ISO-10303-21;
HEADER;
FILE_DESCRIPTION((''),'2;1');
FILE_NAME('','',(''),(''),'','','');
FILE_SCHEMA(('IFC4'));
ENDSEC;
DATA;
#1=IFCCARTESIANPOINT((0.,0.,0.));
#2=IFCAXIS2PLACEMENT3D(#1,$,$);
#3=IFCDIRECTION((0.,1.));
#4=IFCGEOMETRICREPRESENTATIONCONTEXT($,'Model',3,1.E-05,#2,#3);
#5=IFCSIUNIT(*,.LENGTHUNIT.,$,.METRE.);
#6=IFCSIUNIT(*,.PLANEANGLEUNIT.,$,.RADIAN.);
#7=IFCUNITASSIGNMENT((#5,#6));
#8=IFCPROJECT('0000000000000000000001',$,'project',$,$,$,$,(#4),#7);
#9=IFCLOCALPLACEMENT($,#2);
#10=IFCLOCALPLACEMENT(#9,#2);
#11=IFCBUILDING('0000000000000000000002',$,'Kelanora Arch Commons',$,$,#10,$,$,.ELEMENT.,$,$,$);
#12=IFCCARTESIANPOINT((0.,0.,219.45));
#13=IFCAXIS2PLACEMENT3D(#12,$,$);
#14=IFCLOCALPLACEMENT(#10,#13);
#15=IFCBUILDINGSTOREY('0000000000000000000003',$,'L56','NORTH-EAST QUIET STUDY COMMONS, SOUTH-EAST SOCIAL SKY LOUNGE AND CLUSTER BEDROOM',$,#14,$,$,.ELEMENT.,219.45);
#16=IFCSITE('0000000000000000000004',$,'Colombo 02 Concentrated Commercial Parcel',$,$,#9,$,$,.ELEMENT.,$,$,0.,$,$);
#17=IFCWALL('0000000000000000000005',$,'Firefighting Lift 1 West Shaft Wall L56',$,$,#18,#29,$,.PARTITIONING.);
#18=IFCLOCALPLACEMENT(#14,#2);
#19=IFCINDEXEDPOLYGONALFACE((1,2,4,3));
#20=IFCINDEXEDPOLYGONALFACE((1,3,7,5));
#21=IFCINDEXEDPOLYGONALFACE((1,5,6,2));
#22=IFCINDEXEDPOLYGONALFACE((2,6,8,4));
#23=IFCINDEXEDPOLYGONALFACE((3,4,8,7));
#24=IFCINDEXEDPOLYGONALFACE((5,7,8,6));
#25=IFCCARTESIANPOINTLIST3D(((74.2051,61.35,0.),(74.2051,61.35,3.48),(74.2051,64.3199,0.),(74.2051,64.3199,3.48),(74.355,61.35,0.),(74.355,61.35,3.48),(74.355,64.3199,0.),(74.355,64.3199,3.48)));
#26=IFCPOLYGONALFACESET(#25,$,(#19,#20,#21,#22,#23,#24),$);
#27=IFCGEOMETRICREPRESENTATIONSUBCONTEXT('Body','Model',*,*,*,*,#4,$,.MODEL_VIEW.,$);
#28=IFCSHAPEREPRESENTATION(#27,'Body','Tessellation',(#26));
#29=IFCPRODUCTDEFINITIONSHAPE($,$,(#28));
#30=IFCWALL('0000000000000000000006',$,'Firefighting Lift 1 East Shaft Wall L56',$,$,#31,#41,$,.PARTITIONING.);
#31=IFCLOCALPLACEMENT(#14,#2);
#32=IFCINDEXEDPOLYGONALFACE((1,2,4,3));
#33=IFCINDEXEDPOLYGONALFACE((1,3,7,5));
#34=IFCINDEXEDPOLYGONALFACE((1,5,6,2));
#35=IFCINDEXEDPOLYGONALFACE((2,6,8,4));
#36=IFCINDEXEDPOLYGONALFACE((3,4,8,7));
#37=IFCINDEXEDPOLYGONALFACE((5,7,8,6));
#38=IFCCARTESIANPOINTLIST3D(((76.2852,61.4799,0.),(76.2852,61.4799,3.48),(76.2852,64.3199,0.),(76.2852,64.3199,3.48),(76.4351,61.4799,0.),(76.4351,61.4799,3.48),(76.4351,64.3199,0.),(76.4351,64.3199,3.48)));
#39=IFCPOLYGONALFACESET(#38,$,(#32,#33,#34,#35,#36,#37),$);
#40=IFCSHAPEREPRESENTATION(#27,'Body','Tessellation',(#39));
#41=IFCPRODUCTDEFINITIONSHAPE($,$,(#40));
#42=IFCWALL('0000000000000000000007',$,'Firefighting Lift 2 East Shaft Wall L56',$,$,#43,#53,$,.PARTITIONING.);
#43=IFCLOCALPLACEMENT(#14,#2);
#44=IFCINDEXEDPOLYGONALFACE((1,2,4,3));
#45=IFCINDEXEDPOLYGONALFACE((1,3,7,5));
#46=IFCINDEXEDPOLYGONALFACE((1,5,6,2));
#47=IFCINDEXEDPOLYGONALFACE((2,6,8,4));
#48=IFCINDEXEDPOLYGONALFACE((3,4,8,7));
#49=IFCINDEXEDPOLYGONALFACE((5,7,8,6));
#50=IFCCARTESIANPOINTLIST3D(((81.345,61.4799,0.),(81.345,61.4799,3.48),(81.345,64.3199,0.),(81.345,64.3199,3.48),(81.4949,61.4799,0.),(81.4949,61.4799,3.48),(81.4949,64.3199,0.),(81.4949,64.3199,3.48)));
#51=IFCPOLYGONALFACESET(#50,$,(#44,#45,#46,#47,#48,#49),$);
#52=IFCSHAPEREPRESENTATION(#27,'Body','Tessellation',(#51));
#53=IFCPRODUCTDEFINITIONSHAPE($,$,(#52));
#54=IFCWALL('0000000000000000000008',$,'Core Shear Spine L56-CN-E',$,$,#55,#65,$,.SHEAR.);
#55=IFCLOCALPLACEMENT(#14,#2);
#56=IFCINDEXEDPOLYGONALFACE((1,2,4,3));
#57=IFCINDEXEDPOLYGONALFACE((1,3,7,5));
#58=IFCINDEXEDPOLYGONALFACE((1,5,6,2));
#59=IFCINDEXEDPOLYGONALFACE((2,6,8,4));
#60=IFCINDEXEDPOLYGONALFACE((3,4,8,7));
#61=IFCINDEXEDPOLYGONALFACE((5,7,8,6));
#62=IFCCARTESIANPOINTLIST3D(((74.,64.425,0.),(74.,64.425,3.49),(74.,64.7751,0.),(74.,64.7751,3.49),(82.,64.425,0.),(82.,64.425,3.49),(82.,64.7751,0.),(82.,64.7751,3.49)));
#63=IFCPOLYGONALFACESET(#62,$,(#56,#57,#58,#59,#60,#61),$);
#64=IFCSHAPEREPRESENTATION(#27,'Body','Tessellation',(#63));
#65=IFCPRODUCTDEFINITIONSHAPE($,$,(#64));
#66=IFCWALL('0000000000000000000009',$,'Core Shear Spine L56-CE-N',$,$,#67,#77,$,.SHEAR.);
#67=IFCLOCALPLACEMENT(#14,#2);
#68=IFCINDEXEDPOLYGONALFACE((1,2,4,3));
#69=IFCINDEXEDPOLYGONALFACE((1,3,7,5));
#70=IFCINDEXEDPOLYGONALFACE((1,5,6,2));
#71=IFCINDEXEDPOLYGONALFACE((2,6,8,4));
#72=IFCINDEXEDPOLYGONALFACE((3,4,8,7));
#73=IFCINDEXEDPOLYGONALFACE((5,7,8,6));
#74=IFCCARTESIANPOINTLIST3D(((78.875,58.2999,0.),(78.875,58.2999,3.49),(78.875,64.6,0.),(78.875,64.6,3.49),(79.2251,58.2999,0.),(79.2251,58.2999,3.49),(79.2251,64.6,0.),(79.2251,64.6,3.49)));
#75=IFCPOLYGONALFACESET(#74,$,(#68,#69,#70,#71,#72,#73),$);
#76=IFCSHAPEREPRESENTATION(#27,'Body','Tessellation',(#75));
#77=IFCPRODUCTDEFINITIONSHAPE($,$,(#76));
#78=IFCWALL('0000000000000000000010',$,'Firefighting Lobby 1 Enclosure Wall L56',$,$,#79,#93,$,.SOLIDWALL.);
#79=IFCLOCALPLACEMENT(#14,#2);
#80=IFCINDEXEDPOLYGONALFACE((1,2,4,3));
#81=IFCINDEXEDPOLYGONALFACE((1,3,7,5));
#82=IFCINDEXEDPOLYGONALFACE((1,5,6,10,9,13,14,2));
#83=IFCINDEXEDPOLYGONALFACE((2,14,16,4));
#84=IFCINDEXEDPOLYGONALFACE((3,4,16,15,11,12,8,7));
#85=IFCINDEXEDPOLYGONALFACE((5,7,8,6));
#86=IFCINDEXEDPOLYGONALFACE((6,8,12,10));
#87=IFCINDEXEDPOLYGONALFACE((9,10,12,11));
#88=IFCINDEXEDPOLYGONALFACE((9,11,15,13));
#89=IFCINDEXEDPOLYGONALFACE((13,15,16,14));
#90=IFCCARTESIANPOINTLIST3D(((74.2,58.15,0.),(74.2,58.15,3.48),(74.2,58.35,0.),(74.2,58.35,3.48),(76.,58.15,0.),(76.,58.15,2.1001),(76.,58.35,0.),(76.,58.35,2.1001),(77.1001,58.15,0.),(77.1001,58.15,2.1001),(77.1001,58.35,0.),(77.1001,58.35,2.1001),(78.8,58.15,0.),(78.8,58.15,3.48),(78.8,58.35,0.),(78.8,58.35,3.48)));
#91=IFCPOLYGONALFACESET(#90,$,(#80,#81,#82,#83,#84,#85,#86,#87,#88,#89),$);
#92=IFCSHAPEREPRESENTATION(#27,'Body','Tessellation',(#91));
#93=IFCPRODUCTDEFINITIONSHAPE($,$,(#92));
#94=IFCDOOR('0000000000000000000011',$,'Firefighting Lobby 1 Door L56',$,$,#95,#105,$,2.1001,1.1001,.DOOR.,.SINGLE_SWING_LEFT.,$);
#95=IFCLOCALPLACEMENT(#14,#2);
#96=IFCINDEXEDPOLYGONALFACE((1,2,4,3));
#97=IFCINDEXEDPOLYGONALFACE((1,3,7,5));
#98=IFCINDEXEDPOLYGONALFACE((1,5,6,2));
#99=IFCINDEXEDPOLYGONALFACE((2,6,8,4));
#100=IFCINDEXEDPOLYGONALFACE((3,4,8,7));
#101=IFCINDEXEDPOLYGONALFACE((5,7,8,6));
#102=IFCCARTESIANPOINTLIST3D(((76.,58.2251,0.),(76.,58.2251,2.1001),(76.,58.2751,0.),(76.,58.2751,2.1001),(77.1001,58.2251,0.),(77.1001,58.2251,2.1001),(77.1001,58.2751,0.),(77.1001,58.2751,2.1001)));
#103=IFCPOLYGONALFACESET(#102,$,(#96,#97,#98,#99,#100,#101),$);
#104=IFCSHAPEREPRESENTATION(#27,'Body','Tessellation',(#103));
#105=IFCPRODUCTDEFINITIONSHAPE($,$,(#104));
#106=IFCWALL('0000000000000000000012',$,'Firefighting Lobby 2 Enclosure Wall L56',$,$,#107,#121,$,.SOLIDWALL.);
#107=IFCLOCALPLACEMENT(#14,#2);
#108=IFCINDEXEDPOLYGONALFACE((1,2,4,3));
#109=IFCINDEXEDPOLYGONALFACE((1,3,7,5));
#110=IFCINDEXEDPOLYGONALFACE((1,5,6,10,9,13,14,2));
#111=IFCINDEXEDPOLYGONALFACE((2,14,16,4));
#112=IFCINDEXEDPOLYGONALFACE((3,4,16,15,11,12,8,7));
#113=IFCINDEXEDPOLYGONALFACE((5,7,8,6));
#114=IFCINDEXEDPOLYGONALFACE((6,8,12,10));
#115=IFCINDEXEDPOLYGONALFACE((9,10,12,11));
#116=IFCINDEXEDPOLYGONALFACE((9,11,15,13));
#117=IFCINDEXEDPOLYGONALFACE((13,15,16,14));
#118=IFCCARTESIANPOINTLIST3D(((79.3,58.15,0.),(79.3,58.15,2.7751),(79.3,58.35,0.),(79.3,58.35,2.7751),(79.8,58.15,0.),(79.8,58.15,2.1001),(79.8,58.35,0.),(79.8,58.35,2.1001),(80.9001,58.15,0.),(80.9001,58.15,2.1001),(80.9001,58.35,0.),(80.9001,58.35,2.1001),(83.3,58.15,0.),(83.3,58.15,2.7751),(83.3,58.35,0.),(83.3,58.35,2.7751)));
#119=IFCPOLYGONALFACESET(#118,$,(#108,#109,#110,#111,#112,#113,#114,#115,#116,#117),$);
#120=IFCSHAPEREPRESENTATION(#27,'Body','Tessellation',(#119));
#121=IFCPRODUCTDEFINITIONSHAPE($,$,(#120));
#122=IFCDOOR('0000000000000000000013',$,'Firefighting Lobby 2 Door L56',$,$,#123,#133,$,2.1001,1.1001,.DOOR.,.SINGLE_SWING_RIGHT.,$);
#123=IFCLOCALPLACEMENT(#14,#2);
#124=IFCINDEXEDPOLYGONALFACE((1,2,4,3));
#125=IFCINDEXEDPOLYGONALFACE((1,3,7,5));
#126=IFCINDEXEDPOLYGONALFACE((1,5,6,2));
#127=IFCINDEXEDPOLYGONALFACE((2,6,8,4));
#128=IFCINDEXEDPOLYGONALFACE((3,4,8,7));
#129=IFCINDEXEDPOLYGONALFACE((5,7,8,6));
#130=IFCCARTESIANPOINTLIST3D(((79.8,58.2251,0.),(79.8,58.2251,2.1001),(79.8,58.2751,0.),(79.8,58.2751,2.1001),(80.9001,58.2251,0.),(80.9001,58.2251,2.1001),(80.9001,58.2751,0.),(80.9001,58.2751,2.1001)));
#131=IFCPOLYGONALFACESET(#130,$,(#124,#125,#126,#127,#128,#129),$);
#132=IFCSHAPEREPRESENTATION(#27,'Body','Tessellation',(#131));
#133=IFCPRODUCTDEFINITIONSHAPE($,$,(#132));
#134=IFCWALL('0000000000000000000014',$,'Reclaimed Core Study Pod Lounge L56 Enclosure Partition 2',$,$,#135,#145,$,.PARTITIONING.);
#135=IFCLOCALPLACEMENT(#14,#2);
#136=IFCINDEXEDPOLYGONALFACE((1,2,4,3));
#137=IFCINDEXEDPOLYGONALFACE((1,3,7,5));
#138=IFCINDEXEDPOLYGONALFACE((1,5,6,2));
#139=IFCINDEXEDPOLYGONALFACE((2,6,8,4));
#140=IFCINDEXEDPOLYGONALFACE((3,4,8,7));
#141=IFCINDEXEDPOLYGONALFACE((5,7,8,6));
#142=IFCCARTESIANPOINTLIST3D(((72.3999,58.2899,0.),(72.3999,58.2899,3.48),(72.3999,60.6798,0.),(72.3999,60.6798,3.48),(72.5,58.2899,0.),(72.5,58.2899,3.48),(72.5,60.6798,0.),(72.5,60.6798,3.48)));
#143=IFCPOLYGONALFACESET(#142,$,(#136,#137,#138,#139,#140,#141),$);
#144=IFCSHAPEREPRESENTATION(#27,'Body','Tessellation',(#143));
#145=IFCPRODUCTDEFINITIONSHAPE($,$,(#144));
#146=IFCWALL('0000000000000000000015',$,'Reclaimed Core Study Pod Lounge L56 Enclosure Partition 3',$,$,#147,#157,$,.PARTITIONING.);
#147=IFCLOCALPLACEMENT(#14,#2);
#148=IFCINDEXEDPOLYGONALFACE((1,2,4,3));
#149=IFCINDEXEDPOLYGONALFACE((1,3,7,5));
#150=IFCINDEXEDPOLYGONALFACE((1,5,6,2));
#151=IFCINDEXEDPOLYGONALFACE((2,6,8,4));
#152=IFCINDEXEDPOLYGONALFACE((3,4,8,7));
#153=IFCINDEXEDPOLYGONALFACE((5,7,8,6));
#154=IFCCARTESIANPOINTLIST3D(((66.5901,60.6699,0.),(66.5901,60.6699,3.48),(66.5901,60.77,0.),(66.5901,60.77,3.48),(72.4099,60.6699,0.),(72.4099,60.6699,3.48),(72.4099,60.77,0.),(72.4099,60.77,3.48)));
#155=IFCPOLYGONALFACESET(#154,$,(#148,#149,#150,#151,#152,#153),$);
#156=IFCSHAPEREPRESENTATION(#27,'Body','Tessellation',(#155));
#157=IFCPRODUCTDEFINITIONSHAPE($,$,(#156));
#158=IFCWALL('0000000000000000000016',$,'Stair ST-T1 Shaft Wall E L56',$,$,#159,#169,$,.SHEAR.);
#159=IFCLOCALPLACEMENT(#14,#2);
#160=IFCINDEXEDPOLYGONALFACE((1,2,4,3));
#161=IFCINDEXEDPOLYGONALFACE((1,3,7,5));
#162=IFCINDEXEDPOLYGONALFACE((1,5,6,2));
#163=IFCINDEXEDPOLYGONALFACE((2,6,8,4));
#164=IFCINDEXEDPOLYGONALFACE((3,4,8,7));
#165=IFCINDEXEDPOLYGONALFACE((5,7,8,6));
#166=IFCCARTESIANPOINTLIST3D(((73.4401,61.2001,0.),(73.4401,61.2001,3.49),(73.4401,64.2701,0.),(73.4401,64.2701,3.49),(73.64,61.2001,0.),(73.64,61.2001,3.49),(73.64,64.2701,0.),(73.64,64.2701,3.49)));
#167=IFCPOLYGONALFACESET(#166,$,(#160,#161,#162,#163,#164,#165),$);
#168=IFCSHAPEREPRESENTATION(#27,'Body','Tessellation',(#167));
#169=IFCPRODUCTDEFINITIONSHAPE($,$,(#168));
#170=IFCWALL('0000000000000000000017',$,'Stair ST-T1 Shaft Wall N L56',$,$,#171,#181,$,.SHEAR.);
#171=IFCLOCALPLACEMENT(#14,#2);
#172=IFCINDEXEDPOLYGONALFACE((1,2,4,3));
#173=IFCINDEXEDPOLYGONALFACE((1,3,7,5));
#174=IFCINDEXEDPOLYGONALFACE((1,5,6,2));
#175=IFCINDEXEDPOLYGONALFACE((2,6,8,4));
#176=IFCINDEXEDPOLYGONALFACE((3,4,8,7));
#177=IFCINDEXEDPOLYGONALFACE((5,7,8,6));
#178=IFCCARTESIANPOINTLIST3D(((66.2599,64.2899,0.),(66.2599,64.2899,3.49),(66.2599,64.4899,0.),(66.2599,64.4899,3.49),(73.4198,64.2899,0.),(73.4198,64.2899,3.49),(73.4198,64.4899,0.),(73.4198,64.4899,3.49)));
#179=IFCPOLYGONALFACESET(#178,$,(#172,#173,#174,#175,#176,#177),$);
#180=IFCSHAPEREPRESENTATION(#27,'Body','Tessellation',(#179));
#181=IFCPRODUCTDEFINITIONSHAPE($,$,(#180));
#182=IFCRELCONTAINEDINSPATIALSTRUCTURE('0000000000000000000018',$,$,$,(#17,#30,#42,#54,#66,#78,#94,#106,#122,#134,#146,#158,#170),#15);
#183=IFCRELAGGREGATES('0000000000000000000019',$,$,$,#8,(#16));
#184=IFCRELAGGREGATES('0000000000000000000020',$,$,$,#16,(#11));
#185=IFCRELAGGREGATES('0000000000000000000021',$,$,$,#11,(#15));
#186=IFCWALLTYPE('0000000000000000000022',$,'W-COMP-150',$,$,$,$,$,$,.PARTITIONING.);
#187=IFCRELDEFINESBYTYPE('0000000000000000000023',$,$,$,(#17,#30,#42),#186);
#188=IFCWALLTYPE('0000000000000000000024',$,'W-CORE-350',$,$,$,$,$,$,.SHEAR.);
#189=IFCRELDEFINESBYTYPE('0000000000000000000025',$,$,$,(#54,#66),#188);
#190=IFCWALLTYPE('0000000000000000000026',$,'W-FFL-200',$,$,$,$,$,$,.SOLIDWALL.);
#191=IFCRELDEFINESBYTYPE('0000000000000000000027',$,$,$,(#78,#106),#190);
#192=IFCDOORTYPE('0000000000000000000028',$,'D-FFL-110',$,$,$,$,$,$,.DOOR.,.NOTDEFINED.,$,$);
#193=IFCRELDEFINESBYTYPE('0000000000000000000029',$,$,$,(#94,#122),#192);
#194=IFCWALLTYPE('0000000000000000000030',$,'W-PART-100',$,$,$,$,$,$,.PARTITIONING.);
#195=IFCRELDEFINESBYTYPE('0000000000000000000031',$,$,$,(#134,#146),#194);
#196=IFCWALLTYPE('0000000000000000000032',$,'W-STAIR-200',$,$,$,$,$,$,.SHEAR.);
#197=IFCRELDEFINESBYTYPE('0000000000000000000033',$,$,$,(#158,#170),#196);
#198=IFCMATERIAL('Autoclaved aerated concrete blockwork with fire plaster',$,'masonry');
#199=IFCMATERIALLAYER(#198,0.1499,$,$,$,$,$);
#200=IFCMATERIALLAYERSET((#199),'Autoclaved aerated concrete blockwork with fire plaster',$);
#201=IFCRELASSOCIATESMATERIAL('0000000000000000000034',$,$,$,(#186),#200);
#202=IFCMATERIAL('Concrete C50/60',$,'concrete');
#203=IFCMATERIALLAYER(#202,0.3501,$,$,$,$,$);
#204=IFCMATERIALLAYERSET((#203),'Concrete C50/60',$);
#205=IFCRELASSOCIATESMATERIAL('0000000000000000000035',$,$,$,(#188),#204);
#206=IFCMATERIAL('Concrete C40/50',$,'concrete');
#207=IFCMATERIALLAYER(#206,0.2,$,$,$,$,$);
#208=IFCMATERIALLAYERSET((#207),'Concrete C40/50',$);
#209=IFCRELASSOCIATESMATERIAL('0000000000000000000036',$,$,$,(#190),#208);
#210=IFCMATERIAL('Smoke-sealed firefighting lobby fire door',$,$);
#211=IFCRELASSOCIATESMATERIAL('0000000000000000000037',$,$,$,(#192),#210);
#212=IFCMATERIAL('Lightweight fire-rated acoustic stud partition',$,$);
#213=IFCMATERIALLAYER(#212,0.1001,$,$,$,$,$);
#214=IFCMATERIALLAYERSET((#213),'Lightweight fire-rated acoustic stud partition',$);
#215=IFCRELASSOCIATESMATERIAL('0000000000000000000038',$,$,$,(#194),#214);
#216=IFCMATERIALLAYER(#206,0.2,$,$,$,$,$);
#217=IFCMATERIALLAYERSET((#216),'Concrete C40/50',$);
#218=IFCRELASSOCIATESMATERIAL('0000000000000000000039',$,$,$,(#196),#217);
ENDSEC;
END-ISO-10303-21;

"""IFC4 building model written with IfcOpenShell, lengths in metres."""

from ifc_helpers import new_model, si_unit, direction, frame, frame_2d, origin, place, context, subcontext, project, spatial, rectangle, extrude, material, layer, layer_set, type_object, element, fill, save


model = new_model("IFC4")

# Units and contexts
model_context = context("Model", 3, precision=1e-05, world=origin(), true_north=direction((0.0, 1.0)))
body_context = subcontext(model_context, "Body", "Model", "MODEL_VIEW")
ifc_project = project(units=[si_unit("LENGTHUNIT", "METRE"), si_unit("PLANEANGLEUNIT", "RADIAN")], contexts=[model_context])

# Site, building, storey
site_placement = place(None, origin())
site = spatial("IfcSite", under=ifc_project, at=site_placement, Name="Colombo 02 Concentrated Commercial Parcel", CompositionType="ELEMENT", RefElevation=0.0)
building_placement = place(site_placement, origin())
building = spatial("IfcBuilding", under=site, at=building_placement, Name="Kelanora Arch Commons", CompositionType="ELEMENT")
storey_placement = place(building_placement, frame((0.0, 0.0, 219.45)))
storey = spatial("IfcBuildingStorey", under=building, at=storey_placement, Name="L56", Description="NORTH-EAST QUIET STUDY COMMONS, SOUTH-EAST SOCIAL SKY LOUNGE AND CLUSTER BEDROOM", CompositionType="ELEMENT", Elevation=219.45)

# Shared definitions
ifc_material_1 = material(Name="Concrete C50/60", Category="concrete")

# Walls
ifc_material_2 = material(Name="Autoclaved aerated concrete blockwork with fire plaster", Category="masonry")
ifc_layer_1 = layer(ifc_material_2, 0.1499)
ifc_layer_set_1 = layer_set([ifc_layer_1], Name="Autoclaved aerated concrete blockwork with fire plaster")
wall_type_1 = type_object("IfcWallType", Name="W-COMP-150", PredefinedType="PARTITIONING", material=ifc_layer_set_1)
wall_1_placement = place(storey_placement, frame((74.28, 61.3501, 0.0), z_axis=(0.0, 0.0, 1.0), x_axis=(0.0, 1.0, 0.0)))
element("IfcWall", 1, at=wall_1_placement, inside=storey, type_object=wall_type_1, Name="Firefighting Lift 1 West Shaft Wall L56", PredefinedType="PARTITIONING", context=body_context, shape_type="SweptSolid", body=[
    extrude(rectangle(XDim=2.97, YDim=0.1499, at=frame_2d((1.4849, 0.0))), origin(), (0.0, 0.0, 1.0), 3.48),
])
for number, where, z_axis, x_axis, name in (
    (2, (76.3601, 61.48, 0.0), (0.0, 0.0, 1.0), (0.0, 1.0, 0.0), "Firefighting Lift 1 East Shaft Wall L56"),
    (3, (81.4199, 61.48, 0.0), (0.0, 0.0, 1.0), (0.0, 1.0, 0.0), "Firefighting Lift 2 East Shaft Wall L56"),
):
    element("IfcWall", number, at=place(storey_placement, frame(where, z_axis=z_axis, x_axis=x_axis)), inside=storey, type_object=wall_type_1, Name=name, PredefinedType="PARTITIONING", context=body_context, shape_type="SweptSolid", body=[
        extrude(rectangle(XDim=2.8401, YDim=0.1499, at=frame_2d((1.4199, 0.0))), origin(), (0.0, 0.0, 1.0), 3.48),
    ])
ifc_layer_2 = layer(ifc_material_1, 0.3501)
ifc_layer_set_2 = layer_set([ifc_layer_2], Name="Concrete C50/60")
wall_type_2 = type_object("IfcWallType", Name="W-CORE-350", PredefinedType="SHEAR", material=ifc_layer_set_2)
wall_2_placement = place(storey_placement, frame((74.0, 64.6001, 0.0), z_axis=(0.0, 0.0, 1.0), x_axis=(1.0, 0.0, 0.0)))
element("IfcWall", 4, at=wall_2_placement, inside=storey, type_object=wall_type_2, Name="Core Shear Spine L56-CN-E", PredefinedType="SHEAR", context=body_context, shape_type="SweptSolid", body=[
    extrude(rectangle(XDim=8.0, YDim=0.3501, at=frame_2d((4.0, 0.0))), origin(), (0.0, 0.0, 1.0), 3.49),
])
wall_3_placement = place(storey_placement, frame((79.05, 58.3, 0.0), z_axis=(0.0, 0.0, 1.0), x_axis=(0.0, 1.0, 0.0)))
element("IfcWall", 5, at=wall_3_placement, inside=storey, type_object=wall_type_2, Name="Core Shear Spine L56-CE-N", PredefinedType="SHEAR", context=body_context, shape_type="SweptSolid", body=[
    extrude(rectangle(XDim=6.3, YDim=0.3501, at=frame_2d((3.1499, 0.0))), origin(), (0.0, 0.0, 1.0), 3.49),
])

# Walls, openings, doors
ifc_material_3 = material(Name="Concrete C40/50", Category="concrete")
ifc_layer_3 = layer(ifc_material_3, 0.2)
ifc_layer_set_3 = layer_set([ifc_layer_3], Name="Concrete C40/50")
wall_type_3 = type_object("IfcWallType", Name="W-FFL-200", PredefinedType="SOLIDWALL", material=ifc_layer_set_3)
wall_4_placement = place(storey_placement, frame((74.2, 58.25, 0.0), z_axis=(0.0, 0.0, 1.0), x_axis=(1.0, 0.0, 0.0)))
wall_4 = element("IfcWall", 6, at=wall_4_placement, inside=storey, type_object=wall_type_3, Name="Firefighting Lobby 1 Enclosure Wall L56", PredefinedType="SOLIDWALL", context=body_context, shape_type="SweptSolid", body=[
    extrude(rectangle(XDim=4.6001, YDim=0.2, at=frame_2d((2.3, 0.0))), origin(), (0.0, 0.0, 1.0), 3.48),
])
opening_1_placement = place(wall_4_placement, frame((1.8, 0.0, 0.0)))
opening_1 = element("IfcOpeningElement", 7, at=opening_1_placement, cuts=wall_4, PredefinedType="OPENING", context=body_context, shape_type="SweptSolid", body=[
    extrude(rectangle(XDim=1.1001, YDim=2.1001, at=frame_2d((0.55, 1.05))), frame((0.0, 0.1099, 0.0), z_axis=(0.0, -1.0, 0.0), x_axis=(1.0, 0.0, 0.0)), (0.0, 0.0, 1.0), 0.22),
])
ifc_material_4 = material(Name="Smoke-sealed firefighting lobby fire door")
door_type_1 = type_object("IfcDoorType", Name="D-FFL-110", OperationType="NOTDEFINED", PredefinedType="DOOR", material=ifc_material_4)
door_1_placement = place(opening_1_placement, frame((1.1001, 0.0, 0.0), z_axis=(0.0, 0.0, 1.0), x_axis=(-1.0, 0.0, 0.0)))
door_1 = element("IfcDoor", 8, at=door_1_placement, inside=storey, type_object=door_type_1, Name="Firefighting Lobby 1 Door L56", OperationType="SINGLE_SWING_LEFT", OverallHeight=2.1001, OverallWidth=1.1001, PredefinedType="DOOR", context=body_context, shape_type="SweptSolid", body=[
    extrude(rectangle(XDim=1.1001, YDim=2.1001, at=frame_2d((0.55, 1.05))), frame((0.0, 0.0249, 0.0), z_axis=(0.0, -1.0, 0.0), x_axis=(1.0, 0.0, 0.0)), (0.0, 0.0, 1.0), 0.05),
])
fill(opening_1, door_1)
wall_5_placement = place(storey_placement, frame((79.3, 58.25, 0.0), z_axis=(0.0, 0.0, 1.0), x_axis=(1.0, 0.0, 0.0)))
wall_5 = element("IfcWall", 9, at=wall_5_placement, inside=storey, type_object=wall_type_3, Name="Firefighting Lobby 2 Enclosure Wall L56", PredefinedType="SOLIDWALL", context=body_context, shape_type="SweptSolid", body=[
    extrude(rectangle(XDim=4.0, YDim=0.2, at=frame_2d((2.0, 0.0))), origin(), (0.0, 0.0, 1.0), 2.7751),
])
opening_2_placement = place(wall_5_placement, frame((0.5, 0.0, 0.0)))
opening_2 = element("IfcOpeningElement", 10, at=opening_2_placement, cuts=wall_5, PredefinedType="OPENING", context=body_context, shape_type="SweptSolid", body=[
    extrude(rectangle(XDim=1.1001, YDim=2.1001, at=frame_2d((0.55, 1.05))), frame((0.0, 0.1099, 0.0), z_axis=(0.0, -1.0, 0.0), x_axis=(1.0, 0.0, 0.0)), (0.0, 0.0, 1.0), 0.22),
])
door_2_placement = place(opening_2_placement, frame((1.1001, 0.0, 0.0), z_axis=(0.0, 0.0, 1.0), x_axis=(-1.0, 0.0, 0.0)))
door_2 = element("IfcDoor", 11, at=door_2_placement, inside=storey, type_object=door_type_1, Name="Firefighting Lobby 2 Door L56", OperationType="SINGLE_SWING_RIGHT", OverallHeight=2.1001, OverallWidth=1.1001, PredefinedType="DOOR", context=body_context, shape_type="SweptSolid", body=[
    extrude(rectangle(XDim=1.1001, YDim=2.1001, at=frame_2d((0.55, 1.05))), frame((0.0, 0.0249, 0.0), z_axis=(0.0, -1.0, 0.0), x_axis=(1.0, 0.0, 0.0)), (0.0, 0.0, 1.0), 0.05),
])
fill(opening_2, door_2)

# Walls
ifc_material_5 = material(Name="Lightweight fire-rated acoustic stud partition")
ifc_layer_4 = layer(ifc_material_5, 0.1001)
ifc_layer_set_4 = layer_set([ifc_layer_4], Name="Lightweight fire-rated acoustic stud partition")
wall_type_4 = type_object("IfcWallType", Name="W-PART-100", PredefinedType="PARTITIONING", material=ifc_layer_set_4)
wall_6_placement = place(storey_placement, frame((72.45, 58.29, 0.0), z_axis=(0.0, 0.0, 1.0), x_axis=(0.0, 1.0, 0.0)))
element("IfcWall", 12, at=wall_6_placement, inside=storey, type_object=wall_type_4, Name="Reclaimed Core Study Pod Lounge L56 Enclosure Partition 2", PredefinedType="PARTITIONING", context=body_context, shape_type="SweptSolid", body=[
    extrude(rectangle(XDim=2.3899, YDim=0.1001, at=frame_2d((1.1948, 0.0))), origin(), (0.0, 0.0, 1.0), 3.48),
])
wall_7_placement = place(storey_placement, frame((72.4099, 60.72, 0.0), z_axis=(0.0, 0.0, 1.0), x_axis=(-1.0, 0.0, 0.0)))
element("IfcWall", 13, at=wall_7_placement, inside=storey, type_object=wall_type_4, Name="Reclaimed Core Study Pod Lounge L56 Enclosure Partition 3", PredefinedType="PARTITIONING", context=body_context, shape_type="SweptSolid", body=[
    extrude(rectangle(XDim=5.8198, YDim=0.1001, at=frame_2d((2.9099, 0.0))), origin(), (0.0, 0.0, 1.0), 3.48),
])
ifc_layer_5 = layer(ifc_material_3, 0.2)
ifc_layer_set_5 = layer_set([ifc_layer_5], Name="Concrete C40/50")
wall_type_5 = type_object("IfcWallType", Name="W-STAIR-200", PredefinedType="SHEAR", material=ifc_layer_set_5)
wall_8_placement = place(storey_placement, frame((73.54, 61.2, 0.0), z_axis=(0.0, 0.0, 1.0), x_axis=(0.0, 1.0, 0.0)))
element("IfcWall", 14, at=wall_8_placement, inside=storey, type_object=wall_type_5, Name="Stair ST-T1 Shaft Wall E L56", PredefinedType="SHEAR", context=body_context, shape_type="SweptSolid", body=[
    extrude(rectangle(XDim=3.0701, YDim=0.2, at=frame_2d((1.5352, 0.0))), origin(), (0.0, 0.0, 1.0), 3.49),
])
wall_9_placement = place(storey_placement, frame((73.4199, 64.3899, 0.0), z_axis=(0.0, 0.0, 1.0), x_axis=(-1.0, 0.0, 0.0)))
element("IfcWall", 15, at=wall_9_placement, inside=storey, type_object=wall_type_5, Name="Stair ST-T1 Shaft Wall N L56", PredefinedType="SHEAR", context=body_context, shape_type="SweptSolid", body=[
    extrude(rectangle(XDim=7.1599, YDim=0.2, at=frame_2d((3.5801, 0.0))), origin(), (0.0, 0.0, 1.0), 3.49),
])

save(model, "model.ifc")
